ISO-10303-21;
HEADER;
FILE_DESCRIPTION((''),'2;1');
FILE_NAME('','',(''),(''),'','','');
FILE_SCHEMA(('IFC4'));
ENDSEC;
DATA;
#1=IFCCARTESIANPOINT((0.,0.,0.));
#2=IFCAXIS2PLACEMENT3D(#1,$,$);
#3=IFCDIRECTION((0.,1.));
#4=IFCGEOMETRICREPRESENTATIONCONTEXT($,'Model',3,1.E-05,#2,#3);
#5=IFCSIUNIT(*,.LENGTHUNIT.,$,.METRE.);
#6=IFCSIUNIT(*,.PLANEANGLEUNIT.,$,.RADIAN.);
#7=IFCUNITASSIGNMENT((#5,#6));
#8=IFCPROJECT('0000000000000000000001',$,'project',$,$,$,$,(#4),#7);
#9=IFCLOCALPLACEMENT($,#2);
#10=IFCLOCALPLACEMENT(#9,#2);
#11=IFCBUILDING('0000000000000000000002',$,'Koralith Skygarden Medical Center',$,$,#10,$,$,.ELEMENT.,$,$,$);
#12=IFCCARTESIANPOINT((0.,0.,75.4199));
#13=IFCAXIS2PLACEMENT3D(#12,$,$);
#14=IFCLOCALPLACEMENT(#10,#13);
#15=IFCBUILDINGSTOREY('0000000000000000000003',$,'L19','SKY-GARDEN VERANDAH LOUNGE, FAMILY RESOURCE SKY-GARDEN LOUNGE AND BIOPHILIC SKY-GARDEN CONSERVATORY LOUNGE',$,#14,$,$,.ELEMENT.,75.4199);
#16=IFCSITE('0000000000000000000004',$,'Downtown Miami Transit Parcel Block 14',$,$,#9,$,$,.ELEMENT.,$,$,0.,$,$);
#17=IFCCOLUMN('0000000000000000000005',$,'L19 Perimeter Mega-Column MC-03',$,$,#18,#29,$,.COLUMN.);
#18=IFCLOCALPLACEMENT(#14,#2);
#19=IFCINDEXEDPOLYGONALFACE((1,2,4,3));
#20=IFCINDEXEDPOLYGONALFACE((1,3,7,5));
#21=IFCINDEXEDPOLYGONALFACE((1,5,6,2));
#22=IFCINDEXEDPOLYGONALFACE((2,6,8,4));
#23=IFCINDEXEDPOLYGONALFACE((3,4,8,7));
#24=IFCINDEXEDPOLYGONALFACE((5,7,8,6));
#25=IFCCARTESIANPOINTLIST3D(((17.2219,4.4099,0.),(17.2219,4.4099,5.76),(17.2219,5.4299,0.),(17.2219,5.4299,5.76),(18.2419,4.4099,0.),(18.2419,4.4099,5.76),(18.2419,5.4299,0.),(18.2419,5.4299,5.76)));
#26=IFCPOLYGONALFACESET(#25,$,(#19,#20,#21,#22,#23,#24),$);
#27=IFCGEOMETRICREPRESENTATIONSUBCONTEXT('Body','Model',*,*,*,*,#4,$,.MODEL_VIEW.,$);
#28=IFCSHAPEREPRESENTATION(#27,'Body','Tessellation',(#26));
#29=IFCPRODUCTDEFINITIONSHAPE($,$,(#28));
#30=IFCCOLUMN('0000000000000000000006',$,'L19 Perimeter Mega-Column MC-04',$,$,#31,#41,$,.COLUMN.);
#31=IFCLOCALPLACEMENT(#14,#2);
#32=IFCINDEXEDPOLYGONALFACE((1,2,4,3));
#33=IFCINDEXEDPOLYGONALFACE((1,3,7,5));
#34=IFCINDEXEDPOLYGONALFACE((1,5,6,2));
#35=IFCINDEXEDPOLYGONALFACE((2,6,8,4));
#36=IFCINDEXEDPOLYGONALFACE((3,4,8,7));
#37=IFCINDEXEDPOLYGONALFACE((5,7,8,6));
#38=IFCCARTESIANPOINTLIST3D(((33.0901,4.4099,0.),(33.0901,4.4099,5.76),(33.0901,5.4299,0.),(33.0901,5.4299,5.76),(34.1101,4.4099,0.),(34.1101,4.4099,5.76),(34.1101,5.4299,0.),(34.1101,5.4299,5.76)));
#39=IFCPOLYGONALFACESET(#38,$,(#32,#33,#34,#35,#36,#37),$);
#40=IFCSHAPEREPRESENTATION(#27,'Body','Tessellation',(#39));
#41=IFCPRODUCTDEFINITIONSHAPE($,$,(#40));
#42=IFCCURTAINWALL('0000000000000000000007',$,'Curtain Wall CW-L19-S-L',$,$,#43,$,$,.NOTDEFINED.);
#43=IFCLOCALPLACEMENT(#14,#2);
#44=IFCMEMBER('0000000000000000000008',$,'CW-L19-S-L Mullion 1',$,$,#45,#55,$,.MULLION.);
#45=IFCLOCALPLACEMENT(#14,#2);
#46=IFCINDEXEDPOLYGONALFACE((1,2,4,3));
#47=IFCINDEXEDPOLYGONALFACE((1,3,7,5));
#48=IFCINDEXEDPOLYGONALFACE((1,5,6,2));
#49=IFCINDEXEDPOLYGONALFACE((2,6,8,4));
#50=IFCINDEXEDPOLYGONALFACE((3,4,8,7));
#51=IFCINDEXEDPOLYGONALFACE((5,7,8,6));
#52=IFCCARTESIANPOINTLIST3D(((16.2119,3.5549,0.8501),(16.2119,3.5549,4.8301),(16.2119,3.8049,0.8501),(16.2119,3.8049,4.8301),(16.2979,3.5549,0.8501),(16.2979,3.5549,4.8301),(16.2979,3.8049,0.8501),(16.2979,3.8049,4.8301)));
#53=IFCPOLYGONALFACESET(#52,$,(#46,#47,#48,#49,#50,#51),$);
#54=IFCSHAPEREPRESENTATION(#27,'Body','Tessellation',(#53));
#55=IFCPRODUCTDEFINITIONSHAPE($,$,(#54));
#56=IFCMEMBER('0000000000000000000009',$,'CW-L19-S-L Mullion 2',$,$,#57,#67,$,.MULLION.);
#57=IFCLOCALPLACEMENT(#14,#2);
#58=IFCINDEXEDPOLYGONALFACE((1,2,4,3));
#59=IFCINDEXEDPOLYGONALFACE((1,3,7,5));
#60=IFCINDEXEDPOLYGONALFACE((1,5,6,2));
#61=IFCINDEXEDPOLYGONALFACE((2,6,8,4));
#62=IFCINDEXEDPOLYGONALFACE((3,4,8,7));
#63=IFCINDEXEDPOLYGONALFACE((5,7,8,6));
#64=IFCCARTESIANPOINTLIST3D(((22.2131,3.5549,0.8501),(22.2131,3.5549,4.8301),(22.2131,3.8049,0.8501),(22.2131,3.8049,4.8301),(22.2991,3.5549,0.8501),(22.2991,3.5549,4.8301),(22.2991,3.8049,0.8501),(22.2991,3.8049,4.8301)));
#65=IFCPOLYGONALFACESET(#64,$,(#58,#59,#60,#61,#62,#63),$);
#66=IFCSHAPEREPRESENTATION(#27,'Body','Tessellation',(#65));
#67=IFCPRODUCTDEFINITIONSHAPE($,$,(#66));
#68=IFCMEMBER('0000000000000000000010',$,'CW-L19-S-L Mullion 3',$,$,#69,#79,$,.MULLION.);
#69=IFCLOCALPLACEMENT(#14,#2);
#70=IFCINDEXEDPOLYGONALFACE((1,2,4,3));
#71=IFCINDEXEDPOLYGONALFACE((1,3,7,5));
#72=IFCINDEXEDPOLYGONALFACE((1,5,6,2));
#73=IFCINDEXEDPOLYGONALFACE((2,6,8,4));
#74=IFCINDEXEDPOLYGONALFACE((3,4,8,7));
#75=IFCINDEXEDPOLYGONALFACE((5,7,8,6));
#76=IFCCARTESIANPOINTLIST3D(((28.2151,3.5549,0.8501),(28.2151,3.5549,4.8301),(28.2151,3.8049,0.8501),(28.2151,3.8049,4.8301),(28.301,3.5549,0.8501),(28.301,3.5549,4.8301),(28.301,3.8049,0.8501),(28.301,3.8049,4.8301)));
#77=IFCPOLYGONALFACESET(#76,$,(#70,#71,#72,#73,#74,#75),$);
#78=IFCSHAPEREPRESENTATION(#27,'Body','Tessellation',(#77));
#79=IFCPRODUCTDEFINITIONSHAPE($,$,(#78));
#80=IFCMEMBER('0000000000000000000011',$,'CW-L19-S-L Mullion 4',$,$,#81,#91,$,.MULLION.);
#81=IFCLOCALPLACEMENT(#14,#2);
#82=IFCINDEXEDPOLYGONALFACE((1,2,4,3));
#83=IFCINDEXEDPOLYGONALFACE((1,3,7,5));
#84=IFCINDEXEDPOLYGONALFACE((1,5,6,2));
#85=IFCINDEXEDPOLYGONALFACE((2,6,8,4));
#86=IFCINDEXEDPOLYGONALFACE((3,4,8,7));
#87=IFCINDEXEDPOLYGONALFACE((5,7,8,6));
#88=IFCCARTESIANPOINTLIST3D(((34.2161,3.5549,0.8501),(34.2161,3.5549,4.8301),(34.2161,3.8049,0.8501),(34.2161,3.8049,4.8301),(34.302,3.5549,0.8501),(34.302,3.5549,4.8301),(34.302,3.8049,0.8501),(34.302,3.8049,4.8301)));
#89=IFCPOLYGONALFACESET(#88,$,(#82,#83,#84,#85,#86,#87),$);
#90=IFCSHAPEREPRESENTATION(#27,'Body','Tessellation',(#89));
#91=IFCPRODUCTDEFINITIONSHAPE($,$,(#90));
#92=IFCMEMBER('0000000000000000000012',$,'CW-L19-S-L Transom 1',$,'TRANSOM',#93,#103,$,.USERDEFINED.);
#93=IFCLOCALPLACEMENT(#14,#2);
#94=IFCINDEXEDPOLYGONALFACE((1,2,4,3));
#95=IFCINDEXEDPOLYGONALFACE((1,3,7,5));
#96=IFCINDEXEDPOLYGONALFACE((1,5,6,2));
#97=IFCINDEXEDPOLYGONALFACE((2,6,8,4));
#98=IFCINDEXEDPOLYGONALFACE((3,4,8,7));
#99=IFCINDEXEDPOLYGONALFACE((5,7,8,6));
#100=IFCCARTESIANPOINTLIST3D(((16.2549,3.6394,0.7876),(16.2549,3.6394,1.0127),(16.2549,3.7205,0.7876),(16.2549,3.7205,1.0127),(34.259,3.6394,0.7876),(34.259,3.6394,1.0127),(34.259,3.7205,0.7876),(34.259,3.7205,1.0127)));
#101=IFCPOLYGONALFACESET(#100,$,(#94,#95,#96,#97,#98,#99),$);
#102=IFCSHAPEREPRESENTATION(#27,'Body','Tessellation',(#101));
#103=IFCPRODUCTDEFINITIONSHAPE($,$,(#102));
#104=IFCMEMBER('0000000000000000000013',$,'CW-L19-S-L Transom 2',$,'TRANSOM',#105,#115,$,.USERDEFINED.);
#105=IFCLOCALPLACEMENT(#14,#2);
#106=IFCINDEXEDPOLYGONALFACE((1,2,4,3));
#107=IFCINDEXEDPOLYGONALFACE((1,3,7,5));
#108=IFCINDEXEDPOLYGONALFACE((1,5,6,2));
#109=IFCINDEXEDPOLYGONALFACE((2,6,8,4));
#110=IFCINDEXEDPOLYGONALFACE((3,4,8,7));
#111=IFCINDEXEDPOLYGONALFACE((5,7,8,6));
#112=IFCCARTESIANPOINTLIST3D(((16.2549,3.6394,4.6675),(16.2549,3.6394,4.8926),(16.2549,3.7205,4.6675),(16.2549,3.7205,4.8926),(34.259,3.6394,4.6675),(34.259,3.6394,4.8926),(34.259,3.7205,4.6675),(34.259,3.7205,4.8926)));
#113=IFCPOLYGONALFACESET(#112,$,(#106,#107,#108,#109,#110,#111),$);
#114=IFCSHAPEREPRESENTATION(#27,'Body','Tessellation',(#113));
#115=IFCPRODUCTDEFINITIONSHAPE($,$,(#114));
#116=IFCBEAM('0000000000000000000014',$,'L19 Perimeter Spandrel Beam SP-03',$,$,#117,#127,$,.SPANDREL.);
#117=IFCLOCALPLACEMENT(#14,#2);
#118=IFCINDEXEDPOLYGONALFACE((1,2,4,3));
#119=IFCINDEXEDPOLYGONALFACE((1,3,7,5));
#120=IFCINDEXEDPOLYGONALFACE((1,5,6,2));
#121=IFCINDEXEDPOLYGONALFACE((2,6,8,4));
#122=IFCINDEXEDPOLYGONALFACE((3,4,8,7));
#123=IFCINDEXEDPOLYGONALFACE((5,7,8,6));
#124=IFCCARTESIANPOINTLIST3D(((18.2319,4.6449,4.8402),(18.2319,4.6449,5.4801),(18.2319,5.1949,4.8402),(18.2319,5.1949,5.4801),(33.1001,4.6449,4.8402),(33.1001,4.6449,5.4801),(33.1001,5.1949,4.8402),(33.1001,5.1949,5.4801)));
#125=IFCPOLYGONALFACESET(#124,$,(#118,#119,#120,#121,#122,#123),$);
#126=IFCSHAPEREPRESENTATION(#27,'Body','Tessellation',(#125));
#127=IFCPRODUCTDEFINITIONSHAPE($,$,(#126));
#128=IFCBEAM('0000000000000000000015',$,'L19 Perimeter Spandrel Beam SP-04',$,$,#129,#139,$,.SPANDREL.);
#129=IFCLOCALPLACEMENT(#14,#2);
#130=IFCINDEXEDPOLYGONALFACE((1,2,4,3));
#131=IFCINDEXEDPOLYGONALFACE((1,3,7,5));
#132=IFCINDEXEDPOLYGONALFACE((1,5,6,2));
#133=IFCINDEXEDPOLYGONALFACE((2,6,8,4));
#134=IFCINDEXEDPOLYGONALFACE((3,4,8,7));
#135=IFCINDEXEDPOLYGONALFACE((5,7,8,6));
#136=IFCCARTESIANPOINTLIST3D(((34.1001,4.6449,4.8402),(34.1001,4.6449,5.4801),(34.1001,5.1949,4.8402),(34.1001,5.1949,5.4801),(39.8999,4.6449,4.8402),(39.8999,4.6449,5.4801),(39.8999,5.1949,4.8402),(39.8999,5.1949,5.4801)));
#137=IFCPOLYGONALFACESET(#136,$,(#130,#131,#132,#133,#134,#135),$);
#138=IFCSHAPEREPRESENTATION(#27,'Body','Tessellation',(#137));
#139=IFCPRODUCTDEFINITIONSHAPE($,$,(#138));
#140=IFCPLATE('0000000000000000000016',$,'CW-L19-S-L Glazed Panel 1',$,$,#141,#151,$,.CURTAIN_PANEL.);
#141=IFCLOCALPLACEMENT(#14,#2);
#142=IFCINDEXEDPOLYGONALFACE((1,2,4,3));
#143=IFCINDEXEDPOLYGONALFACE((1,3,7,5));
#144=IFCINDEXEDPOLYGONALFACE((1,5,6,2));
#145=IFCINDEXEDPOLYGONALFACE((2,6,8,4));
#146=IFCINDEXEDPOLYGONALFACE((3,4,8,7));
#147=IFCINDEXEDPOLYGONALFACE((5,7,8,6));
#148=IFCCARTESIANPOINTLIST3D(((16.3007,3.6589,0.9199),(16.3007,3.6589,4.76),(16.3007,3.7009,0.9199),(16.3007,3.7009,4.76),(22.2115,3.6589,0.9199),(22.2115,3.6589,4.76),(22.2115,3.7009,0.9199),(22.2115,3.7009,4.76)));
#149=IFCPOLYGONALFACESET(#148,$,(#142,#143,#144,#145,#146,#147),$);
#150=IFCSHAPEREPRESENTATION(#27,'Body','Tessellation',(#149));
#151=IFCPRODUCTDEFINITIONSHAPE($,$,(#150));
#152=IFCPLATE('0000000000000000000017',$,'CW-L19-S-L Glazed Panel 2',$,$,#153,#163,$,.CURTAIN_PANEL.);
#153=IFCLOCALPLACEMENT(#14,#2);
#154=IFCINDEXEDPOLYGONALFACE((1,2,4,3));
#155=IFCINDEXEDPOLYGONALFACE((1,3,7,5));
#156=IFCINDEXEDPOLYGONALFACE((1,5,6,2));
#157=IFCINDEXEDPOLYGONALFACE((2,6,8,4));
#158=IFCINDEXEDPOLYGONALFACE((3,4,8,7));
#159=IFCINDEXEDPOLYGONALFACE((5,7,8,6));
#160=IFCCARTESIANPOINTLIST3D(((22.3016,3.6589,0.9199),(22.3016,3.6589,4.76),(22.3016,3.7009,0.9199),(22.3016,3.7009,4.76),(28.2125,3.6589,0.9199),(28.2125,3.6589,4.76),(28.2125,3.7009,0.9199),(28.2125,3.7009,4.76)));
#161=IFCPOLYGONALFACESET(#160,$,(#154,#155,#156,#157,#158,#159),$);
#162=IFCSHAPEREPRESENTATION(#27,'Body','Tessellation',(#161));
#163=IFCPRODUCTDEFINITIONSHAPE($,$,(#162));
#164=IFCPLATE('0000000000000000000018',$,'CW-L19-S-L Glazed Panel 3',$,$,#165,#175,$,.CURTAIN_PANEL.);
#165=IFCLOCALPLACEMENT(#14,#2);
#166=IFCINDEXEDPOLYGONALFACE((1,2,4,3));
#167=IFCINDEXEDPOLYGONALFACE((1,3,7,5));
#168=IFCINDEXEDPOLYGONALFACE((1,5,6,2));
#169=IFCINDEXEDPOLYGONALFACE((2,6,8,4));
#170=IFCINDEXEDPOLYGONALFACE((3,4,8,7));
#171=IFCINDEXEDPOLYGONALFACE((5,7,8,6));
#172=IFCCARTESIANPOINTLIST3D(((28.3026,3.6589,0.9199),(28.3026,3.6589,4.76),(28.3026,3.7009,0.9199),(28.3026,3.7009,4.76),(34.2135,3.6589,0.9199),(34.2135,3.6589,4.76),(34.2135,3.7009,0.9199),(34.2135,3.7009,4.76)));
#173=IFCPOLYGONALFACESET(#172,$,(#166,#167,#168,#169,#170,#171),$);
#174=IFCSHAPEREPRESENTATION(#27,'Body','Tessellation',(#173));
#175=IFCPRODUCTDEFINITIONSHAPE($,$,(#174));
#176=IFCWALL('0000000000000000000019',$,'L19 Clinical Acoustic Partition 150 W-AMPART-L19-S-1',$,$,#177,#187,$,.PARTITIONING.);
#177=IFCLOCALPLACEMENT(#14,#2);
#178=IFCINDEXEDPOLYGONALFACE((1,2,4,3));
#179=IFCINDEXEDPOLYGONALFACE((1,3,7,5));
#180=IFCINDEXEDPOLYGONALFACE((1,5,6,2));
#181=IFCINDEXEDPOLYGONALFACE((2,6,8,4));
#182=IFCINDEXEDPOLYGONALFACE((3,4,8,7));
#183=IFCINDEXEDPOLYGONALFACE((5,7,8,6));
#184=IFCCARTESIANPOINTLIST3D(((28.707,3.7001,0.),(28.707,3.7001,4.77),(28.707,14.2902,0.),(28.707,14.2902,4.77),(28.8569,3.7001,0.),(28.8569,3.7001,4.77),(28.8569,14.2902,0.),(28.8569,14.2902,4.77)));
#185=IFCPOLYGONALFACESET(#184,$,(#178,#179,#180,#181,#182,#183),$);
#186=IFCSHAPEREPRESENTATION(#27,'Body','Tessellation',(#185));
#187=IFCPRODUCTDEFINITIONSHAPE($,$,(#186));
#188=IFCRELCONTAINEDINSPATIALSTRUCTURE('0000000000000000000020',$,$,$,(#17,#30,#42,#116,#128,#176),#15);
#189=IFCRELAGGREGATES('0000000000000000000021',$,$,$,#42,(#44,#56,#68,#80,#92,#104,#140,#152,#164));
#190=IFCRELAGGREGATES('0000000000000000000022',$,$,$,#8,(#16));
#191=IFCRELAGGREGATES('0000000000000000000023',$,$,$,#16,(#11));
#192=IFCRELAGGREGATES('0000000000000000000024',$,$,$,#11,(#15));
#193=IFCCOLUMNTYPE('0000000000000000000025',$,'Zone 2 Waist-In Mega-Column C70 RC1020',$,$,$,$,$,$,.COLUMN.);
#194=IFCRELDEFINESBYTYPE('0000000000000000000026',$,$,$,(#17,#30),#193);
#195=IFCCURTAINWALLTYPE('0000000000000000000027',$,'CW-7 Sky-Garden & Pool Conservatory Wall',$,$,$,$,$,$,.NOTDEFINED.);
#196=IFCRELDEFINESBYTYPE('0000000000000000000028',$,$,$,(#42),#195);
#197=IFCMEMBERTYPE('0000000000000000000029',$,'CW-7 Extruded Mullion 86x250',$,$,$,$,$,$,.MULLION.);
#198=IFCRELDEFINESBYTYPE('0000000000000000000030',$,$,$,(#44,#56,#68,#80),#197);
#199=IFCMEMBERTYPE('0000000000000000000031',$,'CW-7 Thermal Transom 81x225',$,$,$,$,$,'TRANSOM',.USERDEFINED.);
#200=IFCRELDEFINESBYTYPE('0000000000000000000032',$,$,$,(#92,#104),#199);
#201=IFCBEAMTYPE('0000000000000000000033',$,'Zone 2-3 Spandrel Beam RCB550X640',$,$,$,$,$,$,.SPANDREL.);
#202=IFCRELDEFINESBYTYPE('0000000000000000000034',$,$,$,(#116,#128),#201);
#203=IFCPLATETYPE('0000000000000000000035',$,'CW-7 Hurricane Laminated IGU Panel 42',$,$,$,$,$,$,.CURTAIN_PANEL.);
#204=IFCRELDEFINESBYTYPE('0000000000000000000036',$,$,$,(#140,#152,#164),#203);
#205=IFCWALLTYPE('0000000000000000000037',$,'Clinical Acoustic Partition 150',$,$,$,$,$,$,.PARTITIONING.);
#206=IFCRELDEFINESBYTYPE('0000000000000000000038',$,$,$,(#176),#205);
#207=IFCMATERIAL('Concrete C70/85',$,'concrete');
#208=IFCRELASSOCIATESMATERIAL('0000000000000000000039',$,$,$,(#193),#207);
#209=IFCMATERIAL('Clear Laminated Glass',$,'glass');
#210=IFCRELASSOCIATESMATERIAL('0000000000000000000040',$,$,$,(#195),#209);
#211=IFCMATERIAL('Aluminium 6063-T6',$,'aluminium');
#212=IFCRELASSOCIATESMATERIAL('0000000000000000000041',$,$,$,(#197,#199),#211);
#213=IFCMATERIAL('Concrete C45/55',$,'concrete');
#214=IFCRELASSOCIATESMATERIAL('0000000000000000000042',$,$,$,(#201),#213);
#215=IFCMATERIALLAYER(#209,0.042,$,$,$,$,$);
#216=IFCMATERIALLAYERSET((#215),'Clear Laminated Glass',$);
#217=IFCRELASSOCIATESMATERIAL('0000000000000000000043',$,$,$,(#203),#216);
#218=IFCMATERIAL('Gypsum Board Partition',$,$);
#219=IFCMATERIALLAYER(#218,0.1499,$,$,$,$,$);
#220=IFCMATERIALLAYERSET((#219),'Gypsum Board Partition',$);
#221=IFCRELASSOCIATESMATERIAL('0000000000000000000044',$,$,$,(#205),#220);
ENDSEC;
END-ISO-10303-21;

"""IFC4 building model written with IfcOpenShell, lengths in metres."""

from ifc_helpers import new_model, si_unit, direction, frame, frame_2d, origin, origin_2d, place, context, subcontext, project, spatial, rectangle, extrude, material, layer, layer_set, material_profile, profile_set, type_object, element, aggregate, save


model = new_model("IFC4")

# Units and contexts
model_context = context("Model", 3, precision=1e-05, world=origin(), true_north=direction((0.0, 1.0)))
body_context = subcontext(model_context, "Body", "Model", "MODEL_VIEW")
ifc_project = project(units=[si_unit("LENGTHUNIT", "METRE"), si_unit("PLANEANGLEUNIT", "RADIAN")], contexts=[model_context])

# Site, building, storey
site_placement = place(None, origin())
site = spatial("IfcSite", under=ifc_project, at=site_placement, Name="Downtown Miami Transit Parcel Block 14", CompositionType="ELEMENT", RefElevation=0.0)
building_placement = place(site_placement, origin())
building = spatial("IfcBuilding", under=site, at=building_placement, Name="Koralith Skygarden Medical Center", CompositionType="ELEMENT")
storey_placement = place(building_placement, frame((0.0, 0.0, 75.4199)))
storey = spatial("IfcBuildingStorey", under=building, at=storey_placement, Name="L19", Description="SKY-GARDEN VERANDAH LOUNGE, FAMILY RESOURCE SKY-GARDEN LOUNGE AND BIOPHILIC SKY-GARDEN CONSERVATORY LOUNGE", CompositionType="ELEMENT", Elevation=75.4199)

# Columns
ifc_material_1 = material(Name="Concrete C70/85", Category="concrete")
ifc_material_profile_1 = material_profile(ifc_material_1, rectangle(XDim=1.02, YDim=1.02, at=origin_2d()), Name="RC1020X1020")
ifc_profile_set_1 = profile_set([ifc_material_profile_1], Name="Concrete C70/85")
column_type = type_object("IfcColumnType", Name="Zone 2 Waist-In Mega-Column C70 RC1020", PredefinedType="COLUMN", material=ifc_profile_set_1)
for number, where, z_axis, x_axis, name in (
    (1, (17.7319, 4.9199, 0.0), (0.0, 0.0, 1.0), (1.0, 0.0, 0.0), "L19 Perimeter Mega-Column MC-03"),
    (2, (33.6001, 4.9199, 0.0), (0.0, 0.0, 1.0), (1.0, 0.0, 0.0), "L19 Perimeter Mega-Column MC-04"),
):
    element("IfcColumn", number, at=place(storey_placement, frame(where, z_axis=z_axis, x_axis=x_axis)), inside=storey, type_object=column_type, Name=name, PredefinedType="COLUMN", context=body_context, shape_type="SweptSolid", body=[
        extrude(rectangle(XDim=1.02, YDim=1.02, at=origin_2d()), origin(), (0.0, 0.0, 1.0), 5.76),
    ])

# Curtain wall, members
ifc_material_2 = material(Name="Clear Laminated Glass", Category="glass")
curtain_wall_type = type_object("IfcCurtainWallType", Name="CW-7 Sky-Garden & Pool Conservatory Wall", PredefinedType="NOTDEFINED", material=ifc_material_2)
curtain_wall_placement = place(storey_placement, origin())
curtain_wall = element("IfcCurtainWall", 3, at=curtain_wall_placement, inside=storey, type_object=curtain_wall_type, Name="Curtain Wall CW-L19-S-L", PredefinedType="NOTDEFINED")
ifc_material_3 = material(Name="Aluminium 6063-T6", Category="aluminium")
ifc_material_profile_2 = material_profile(ifc_material_3, rectangle(XDim=0.0859, YDim=0.25, at=origin_2d()), Name="MUL86X250")
ifc_profile_set_2 = profile_set([ifc_material_profile_2], Name="Aluminium 6063-T6")
member_type_1 = type_object("IfcMemberType", Name="CW-7 Extruded Mullion 86x250", PredefinedType="MULLION", material=ifc_profile_set_2)
member_1_placement = place(storey_placement, frame((16.2549, 3.6799, 0.8501), z_axis=(0.0, 0.0, 1.0), x_axis=(1.0, 0.0, 0.0)))
member_1 = element("IfcMember", 4, at=member_1_placement, type_object=member_type_1, Name="CW-L19-S-L Mullion 1", PredefinedType="MULLION", context=body_context, shape_type="SweptSolid", body=[
    extrude(rectangle(XDim=0.0859, YDim=0.25, at=origin_2d()), origin(), (0.0, 0.0, 1.0), 3.98),
])
member_2_placement = place(storey_placement, frame((22.2561, 3.6799, 0.8501), z_axis=(0.0, 0.0, 1.0), x_axis=(1.0, 0.0, 0.0)))
member_2 = element("IfcMember", 5, at=member_2_placement, type_object=member_type_1, Name="CW-L19-S-L Mullion 2", PredefinedType="MULLION", context=body_context, shape_type="SweptSolid", body=[
    extrude(rectangle(XDim=0.0859, YDim=0.25, at=origin_2d()), origin(), (0.0, 0.0, 1.0), 3.98),
])
member_3_placement = place(storey_placement, frame((28.2581, 3.6799, 0.8501), z_axis=(0.0, 0.0, 1.0), x_axis=(1.0, 0.0, 0.0)))
member_3 = element("IfcMember", 6, at=member_3_placement, type_object=member_type_1, Name="CW-L19-S-L Mullion 3", PredefinedType="MULLION", context=body_context, shape_type="SweptSolid", body=[
    extrude(rectangle(XDim=0.0859, YDim=0.25, at=origin_2d()), origin(), (0.0, 0.0, 1.0), 3.98),
])
member_4_placement = place(storey_placement, frame((34.259, 3.6799, 0.8501), z_axis=(0.0, 0.0, 1.0), x_axis=(1.0, 0.0, 0.0)))
member_4 = element("IfcMember", 7, at=member_4_placement, type_object=member_type_1, Name="CW-L19-S-L Mullion 4", PredefinedType="MULLION", context=body_context, shape_type="SweptSolid", body=[
    extrude(rectangle(XDim=0.0859, YDim=0.25, at=origin_2d()), origin(), (0.0, 0.0, 1.0), 3.98),
])
ifc_material_profile_3 = material_profile(ifc_material_3, rectangle(XDim=0.0811, YDim=0.2251, at=origin_2d()), Name="TRN81X225")
ifc_profile_set_3 = profile_set([ifc_material_profile_3], Name="Aluminium 6063-T6")
member_type_2 = type_object("IfcMemberType", Name="CW-7 Thermal Transom 81x225", ElementType="TRANSOM", PredefinedType="USERDEFINED", material=ifc_profile_set_3)
member_5_placement = place(storey_placement, frame((16.2549, 3.6799, 0.9001), z_axis=(1.0, 0.0, 0.0), x_axis=(0.0, 1.0, 0.0)))
member_5 = element("IfcMember", 8, at=member_5_placement, type_object=member_type_2, Name="CW-L19-S-L Transom 1", ObjectType="TRANSOM", PredefinedType="USERDEFINED", context=body_context, shape_type="SweptSolid", body=[
    extrude(rectangle(XDim=0.0811, YDim=0.2251, at=origin_2d()), origin(), (0.0, 0.0, 1.0), 18.0042),
])
member_6_placement = place(storey_placement, frame((16.2549, 3.6799, 4.78), z_axis=(1.0, 0.0, 0.0), x_axis=(0.0, 1.0, 0.0)))
member_6 = element("IfcMember", 9, at=member_6_placement, type_object=member_type_2, Name="CW-L19-S-L Transom 2", ObjectType="TRANSOM", PredefinedType="USERDEFINED", context=body_context, shape_type="SweptSolid", body=[
    extrude(rectangle(XDim=0.0811, YDim=0.2251, at=origin_2d()), origin(), (0.0, 0.0, 1.0), 18.0042),
])

# Beams
ifc_material_4 = material(Name="Concrete C45/55", Category="concrete")
ifc_material_profile_4 = material_profile(ifc_material_4, rectangle(XDim=0.55, YDim=0.6399, at=origin_2d()), Name="RCB550X640")
ifc_profile_set_4 = profile_set([ifc_material_profile_4], Name="Concrete C45/55")
beam_type = type_object("IfcBeamType", Name="Zone 2-3 Spandrel Beam RCB550X640", PredefinedType="SPANDREL", material=ifc_profile_set_4)
beam_1_placement = place(storey_placement, frame((18.2319, 4.9199, 5.1602), z_axis=(1.0, 0.0, 0.0), x_axis=(0.0, 1.0, 0.0)))
element("IfcBeam", 10, at=beam_1_placement, inside=storey, type_object=beam_type, Name="L19 Perimeter Spandrel Beam SP-03", PredefinedType="SPANDREL", context=body_context, shape_type="SweptSolid", body=[
    extrude(rectangle(XDim=0.55, YDim=0.6399, at=origin_2d()), origin(), (0.0, 0.0, 1.0), 14.8682),
])
beam_2_placement = place(storey_placement, frame((34.1001, 4.9199, 5.1602), z_axis=(1.0, 0.0, 0.0), x_axis=(0.0, 1.0, 0.0)))
element("IfcBeam", 11, at=beam_2_placement, inside=storey, type_object=beam_type, Name="L19 Perimeter Spandrel Beam SP-04", PredefinedType="SPANDREL", context=body_context, shape_type="SweptSolid", body=[
    extrude(rectangle(XDim=0.55, YDim=0.6399, at=origin_2d()), origin(), (0.0, 0.0, 1.0), 5.7998),
])

# Plates
ifc_layer_1 = layer(ifc_material_2, 0.042)
ifc_layer_set_1 = layer_set([ifc_layer_1], Name="Clear Laminated Glass")
plate_type = type_object("IfcPlateType", Name="CW-7 Hurricane Laminated IGU Panel 42", PredefinedType="CURTAIN_PANEL", material=ifc_layer_set_1)
plate_1_placement = place(storey_placement, frame((19.2561, 3.6799, 0.9199), z_axis=(0.0, 0.0, 1.0), x_axis=(1.0, 0.0, 0.0)))
plate_1 = element("IfcPlate", 12, at=plate_1_placement, type_object=plate_type, Name="CW-L19-S-L Glazed Panel 1", PredefinedType="CURTAIN_PANEL", context=body_context, shape_type="SweptSolid", body=[
    extrude(rectangle(XDim=5.9109, YDim=0.042, at=origin_2d()), origin(), (0.0, 0.0, 1.0), 3.8401),
])
plate_2_placement = place(storey_placement, frame((25.2571, 3.6799, 0.9199), z_axis=(0.0, 0.0, 1.0), x_axis=(1.0, 0.0, 0.0)))
plate_2 = element("IfcPlate", 13, at=plate_2_placement, type_object=plate_type, Name="CW-L19-S-L Glazed Panel 2", PredefinedType="CURTAIN_PANEL", context=body_context, shape_type="SweptSolid", body=[
    extrude(rectangle(XDim=5.9109, YDim=0.042, at=origin_2d()), origin(), (0.0, 0.0, 1.0), 3.8401),
])
plate_3_placement = place(storey_placement, frame((31.2581, 3.6799, 0.9199), z_axis=(0.0, 0.0, 1.0), x_axis=(1.0, 0.0, 0.0)))
plate_3 = element("IfcPlate", 14, at=plate_3_placement, type_object=plate_type, Name="CW-L19-S-L Glazed Panel 3", PredefinedType="CURTAIN_PANEL", context=body_context, shape_type="SweptSolid", body=[
    extrude(rectangle(XDim=5.9109, YDim=0.042, at=origin_2d()), origin(), (0.0, 0.0, 1.0), 3.8401),
])
aggregate(curtain_wall, [member_1, member_2, member_3, member_4, member_5, member_6, plate_1, plate_2, plate_3])

# Wall
ifc_material_5 = material(Name="Gypsum Board Partition")
ifc_layer_2 = layer(ifc_material_5, 0.1499)
ifc_layer_set_2 = layer_set([ifc_layer_2], Name="Gypsum Board Partition")
wall_type_1 = type_object("IfcWallType", Name="Clinical Acoustic Partition 150", PredefinedType="PARTITIONING", material=ifc_layer_set_2)
wall_1_placement = place(storey_placement, frame((28.782, 14.29, 0.0), z_axis=(0.0, 0.0, 1.0), x_axis=(0.0, -1.0, 0.0)))
element("IfcWall", 15, at=wall_1_placement, inside=storey, type_object=wall_type_1, Name="L19 Clinical Acoustic Partition 150 W-AMPART-L19-S-1", PredefinedType="PARTITIONING", context=body_context, shape_type="SweptSolid", body=[
    extrude(rectangle(XDim=10.5901, YDim=0.1499, at=frame_2d((5.2949, 0.0))), origin(), (0.0, 0.0, 1.0), 4.77),
])

save(model, "model.ifc")
